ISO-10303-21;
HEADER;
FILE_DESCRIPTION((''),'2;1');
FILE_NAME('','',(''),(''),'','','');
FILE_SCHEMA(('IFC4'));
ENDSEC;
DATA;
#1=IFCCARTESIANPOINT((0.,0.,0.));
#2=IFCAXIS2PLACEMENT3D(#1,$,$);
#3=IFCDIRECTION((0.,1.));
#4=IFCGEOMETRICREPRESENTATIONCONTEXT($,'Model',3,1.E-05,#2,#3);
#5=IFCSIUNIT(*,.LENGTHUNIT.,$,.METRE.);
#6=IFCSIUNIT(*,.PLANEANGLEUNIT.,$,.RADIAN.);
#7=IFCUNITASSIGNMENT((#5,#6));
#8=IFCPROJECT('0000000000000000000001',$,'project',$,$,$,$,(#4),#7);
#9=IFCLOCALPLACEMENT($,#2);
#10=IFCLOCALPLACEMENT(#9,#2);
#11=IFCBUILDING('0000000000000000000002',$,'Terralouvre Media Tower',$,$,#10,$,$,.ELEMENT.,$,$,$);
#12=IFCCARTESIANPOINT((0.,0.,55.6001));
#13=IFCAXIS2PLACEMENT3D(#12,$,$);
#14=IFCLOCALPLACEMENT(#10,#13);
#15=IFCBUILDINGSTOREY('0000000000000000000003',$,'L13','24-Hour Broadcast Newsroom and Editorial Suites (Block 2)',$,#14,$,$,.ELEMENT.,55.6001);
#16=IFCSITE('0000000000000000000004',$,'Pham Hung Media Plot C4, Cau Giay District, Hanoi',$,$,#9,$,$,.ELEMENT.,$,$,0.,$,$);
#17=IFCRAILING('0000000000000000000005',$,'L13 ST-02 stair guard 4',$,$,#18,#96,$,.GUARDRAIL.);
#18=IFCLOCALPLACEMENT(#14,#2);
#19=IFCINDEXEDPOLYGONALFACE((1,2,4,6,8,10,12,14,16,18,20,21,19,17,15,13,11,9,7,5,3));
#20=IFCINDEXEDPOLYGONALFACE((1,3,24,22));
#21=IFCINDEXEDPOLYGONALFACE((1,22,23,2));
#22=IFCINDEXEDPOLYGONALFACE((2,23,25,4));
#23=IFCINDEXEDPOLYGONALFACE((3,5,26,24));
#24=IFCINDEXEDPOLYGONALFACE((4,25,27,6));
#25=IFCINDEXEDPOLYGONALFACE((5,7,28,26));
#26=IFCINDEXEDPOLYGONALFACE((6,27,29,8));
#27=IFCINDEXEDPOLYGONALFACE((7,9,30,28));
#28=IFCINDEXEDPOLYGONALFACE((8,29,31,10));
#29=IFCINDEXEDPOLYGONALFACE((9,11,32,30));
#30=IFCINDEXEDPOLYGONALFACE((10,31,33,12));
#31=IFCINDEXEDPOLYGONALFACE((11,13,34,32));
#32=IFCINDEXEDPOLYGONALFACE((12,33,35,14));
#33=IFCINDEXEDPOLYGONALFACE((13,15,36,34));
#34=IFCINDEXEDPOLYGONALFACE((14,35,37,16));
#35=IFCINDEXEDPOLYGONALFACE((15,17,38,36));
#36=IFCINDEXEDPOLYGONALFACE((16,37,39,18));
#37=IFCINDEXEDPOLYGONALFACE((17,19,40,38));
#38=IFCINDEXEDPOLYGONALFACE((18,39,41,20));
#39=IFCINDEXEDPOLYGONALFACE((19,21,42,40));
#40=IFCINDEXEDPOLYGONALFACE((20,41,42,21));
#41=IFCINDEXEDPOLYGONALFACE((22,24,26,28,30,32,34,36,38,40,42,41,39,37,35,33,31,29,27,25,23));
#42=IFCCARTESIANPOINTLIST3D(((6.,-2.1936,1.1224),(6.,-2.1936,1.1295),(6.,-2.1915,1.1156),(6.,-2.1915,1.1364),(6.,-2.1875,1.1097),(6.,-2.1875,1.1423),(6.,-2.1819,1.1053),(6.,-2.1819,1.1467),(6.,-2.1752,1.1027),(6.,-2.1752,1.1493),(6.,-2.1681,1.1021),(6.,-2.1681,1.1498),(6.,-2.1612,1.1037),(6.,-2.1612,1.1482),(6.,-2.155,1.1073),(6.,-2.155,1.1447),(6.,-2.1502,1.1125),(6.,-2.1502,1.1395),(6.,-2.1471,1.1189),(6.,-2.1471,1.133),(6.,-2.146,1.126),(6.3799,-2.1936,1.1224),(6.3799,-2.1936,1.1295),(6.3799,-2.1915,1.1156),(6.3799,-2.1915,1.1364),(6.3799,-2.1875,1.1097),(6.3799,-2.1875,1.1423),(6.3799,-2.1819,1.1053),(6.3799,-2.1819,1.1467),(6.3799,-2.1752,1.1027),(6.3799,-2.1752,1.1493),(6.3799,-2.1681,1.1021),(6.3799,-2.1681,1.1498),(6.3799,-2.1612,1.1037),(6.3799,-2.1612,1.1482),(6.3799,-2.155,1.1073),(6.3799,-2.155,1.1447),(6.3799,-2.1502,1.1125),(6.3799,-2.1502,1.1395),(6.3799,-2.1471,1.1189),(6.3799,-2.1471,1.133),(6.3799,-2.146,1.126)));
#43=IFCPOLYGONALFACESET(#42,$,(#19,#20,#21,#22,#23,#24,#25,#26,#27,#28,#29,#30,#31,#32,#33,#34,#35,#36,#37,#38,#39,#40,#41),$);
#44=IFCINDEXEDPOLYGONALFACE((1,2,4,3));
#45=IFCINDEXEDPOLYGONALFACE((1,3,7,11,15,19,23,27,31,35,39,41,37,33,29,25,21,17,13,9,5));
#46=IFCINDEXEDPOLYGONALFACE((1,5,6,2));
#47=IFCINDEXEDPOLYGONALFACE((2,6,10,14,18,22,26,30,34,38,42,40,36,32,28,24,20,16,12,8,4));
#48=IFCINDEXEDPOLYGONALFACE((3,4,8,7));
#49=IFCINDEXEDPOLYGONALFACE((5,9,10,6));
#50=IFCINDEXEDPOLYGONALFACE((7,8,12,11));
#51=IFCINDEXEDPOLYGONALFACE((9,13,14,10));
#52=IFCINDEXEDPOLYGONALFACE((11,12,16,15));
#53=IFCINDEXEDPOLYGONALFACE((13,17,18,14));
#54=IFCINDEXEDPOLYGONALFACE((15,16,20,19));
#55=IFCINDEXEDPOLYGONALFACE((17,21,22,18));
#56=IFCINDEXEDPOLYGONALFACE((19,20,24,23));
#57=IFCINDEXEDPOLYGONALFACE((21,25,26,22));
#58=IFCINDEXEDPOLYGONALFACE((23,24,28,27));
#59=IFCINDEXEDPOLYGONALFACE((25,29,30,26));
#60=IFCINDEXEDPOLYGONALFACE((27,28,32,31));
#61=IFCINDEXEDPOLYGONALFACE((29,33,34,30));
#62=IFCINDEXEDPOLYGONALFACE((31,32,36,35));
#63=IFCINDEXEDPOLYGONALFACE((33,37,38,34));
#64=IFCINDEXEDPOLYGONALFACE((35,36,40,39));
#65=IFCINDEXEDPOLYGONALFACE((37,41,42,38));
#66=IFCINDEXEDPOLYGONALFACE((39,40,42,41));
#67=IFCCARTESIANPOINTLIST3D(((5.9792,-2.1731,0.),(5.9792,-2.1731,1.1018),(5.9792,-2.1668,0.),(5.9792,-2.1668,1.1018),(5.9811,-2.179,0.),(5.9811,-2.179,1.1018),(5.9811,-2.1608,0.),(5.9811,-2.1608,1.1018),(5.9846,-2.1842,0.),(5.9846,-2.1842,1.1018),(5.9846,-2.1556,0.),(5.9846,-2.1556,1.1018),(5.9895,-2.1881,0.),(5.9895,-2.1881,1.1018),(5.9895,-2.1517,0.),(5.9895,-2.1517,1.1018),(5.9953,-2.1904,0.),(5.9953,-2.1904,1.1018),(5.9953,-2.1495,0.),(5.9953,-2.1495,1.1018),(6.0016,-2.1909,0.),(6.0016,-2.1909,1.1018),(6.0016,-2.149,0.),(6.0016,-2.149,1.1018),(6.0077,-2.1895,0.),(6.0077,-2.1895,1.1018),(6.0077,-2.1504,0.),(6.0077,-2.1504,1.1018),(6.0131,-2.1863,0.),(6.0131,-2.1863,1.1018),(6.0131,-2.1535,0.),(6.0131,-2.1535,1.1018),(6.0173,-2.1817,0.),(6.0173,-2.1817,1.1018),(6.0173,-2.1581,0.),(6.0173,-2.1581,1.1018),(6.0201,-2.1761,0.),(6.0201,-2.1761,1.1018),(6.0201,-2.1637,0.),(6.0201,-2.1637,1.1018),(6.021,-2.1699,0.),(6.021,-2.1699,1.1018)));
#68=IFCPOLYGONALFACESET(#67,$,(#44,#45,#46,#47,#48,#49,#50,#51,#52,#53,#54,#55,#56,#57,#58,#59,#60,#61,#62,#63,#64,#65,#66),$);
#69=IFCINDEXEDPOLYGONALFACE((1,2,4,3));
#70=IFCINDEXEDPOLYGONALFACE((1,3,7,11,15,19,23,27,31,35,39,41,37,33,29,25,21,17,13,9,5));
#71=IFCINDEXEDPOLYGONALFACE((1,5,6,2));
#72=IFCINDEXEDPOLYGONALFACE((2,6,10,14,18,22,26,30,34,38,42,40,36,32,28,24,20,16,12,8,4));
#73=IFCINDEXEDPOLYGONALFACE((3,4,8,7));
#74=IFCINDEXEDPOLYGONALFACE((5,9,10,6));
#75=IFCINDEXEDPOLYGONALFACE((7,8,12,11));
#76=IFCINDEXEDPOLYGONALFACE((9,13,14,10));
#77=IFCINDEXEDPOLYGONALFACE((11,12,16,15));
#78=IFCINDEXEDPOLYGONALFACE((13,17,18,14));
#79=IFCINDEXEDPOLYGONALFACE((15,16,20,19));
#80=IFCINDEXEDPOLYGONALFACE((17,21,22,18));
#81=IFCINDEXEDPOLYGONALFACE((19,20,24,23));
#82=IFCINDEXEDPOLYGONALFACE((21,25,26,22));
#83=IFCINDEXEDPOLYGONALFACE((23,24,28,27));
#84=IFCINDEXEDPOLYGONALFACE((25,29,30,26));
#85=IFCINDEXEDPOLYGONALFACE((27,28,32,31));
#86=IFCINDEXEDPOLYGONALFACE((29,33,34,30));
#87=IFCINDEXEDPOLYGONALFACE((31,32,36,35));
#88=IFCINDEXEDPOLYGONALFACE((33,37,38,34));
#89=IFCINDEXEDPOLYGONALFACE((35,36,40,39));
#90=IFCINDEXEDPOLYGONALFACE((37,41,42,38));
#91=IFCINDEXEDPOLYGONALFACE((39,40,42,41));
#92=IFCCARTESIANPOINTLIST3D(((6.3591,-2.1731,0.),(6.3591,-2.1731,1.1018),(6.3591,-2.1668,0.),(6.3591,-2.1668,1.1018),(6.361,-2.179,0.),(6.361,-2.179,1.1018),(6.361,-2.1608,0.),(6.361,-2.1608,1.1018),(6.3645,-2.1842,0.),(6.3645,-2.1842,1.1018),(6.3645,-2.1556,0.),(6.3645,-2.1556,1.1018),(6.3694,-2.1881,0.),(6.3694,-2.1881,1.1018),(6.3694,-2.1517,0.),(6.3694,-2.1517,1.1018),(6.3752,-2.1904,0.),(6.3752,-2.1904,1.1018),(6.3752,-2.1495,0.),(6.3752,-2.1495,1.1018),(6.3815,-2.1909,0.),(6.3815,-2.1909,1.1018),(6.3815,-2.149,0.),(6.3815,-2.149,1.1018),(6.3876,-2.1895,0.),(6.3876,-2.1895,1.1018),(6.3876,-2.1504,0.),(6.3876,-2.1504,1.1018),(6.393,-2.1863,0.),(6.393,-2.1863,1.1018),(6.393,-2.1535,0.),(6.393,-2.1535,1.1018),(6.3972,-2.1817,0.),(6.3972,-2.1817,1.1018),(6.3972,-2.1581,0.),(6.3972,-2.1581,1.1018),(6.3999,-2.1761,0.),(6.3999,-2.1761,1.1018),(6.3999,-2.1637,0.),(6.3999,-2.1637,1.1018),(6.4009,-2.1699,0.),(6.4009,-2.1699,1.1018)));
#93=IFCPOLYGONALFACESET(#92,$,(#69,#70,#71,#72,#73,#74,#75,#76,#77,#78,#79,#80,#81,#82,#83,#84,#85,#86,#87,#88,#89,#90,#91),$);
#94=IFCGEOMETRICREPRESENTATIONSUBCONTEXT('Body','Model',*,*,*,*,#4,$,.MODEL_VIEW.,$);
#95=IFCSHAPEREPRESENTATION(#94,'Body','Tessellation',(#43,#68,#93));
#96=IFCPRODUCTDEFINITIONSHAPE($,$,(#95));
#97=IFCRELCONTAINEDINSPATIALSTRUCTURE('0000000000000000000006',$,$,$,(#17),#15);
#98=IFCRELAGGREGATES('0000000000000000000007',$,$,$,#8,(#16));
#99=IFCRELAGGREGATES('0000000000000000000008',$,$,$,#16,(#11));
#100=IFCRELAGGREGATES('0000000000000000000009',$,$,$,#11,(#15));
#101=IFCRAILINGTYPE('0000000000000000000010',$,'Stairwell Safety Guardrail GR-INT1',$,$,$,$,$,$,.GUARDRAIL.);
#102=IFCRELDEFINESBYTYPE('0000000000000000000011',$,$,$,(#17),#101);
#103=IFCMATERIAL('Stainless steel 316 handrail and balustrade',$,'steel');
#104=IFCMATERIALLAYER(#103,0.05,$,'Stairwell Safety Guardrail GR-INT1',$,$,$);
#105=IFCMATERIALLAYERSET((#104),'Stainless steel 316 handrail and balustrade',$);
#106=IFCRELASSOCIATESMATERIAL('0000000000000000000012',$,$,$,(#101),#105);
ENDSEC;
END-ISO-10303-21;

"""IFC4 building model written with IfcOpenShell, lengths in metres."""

from ifc_helpers import new_model, si_unit, direction, frame, origin, origin_2d, place, context, subcontext, project, spatial, circle, extrude, material, layer, layer_set, type_object, element, save


model = new_model("IFC4")

# Units and contexts
model_context = context("Model", 3, precision=1e-05, world=origin(), true_north=direction((0.0, 1.0)))
body_context = subcontext(model_context, "Body", "Model", "MODEL_VIEW")
ifc_project = project(units=[si_unit("LENGTHUNIT", "METRE"), si_unit("PLANEANGLEUNIT", "RADIAN")], contexts=[model_context])

# Site, building, storey
site_placement = place(None, origin())
site = spatial("IfcSite", under=ifc_project, at=site_placement, Name="Pham Hung Media Plot C4, Cau Giay District, Hanoi", CompositionType="ELEMENT", RefElevation=0.0)
building_placement = place(site_placement, origin())
building = spatial("IfcBuilding", under=site, at=building_placement, Name="Terralouvre Media Tower", CompositionType="ELEMENT")
storey_placement = place(building_placement, frame((0.0, 0.0, 55.6001)))
storey = spatial("IfcBuildingStorey", under=building, at=storey_placement, Name="L13", Description="24-Hour Broadcast Newsroom and Editorial Suites (Block 2)", CompositionType="ELEMENT", Elevation=55.6001)

# Railing
ifc_material_1 = material(Name="Stainless steel 316 handrail and balustrade", Category="steel")
ifc_layer_1 = layer(ifc_material_1, 0.05, Name="Stairwell Safety Guardrail GR-INT1")
ifc_layer_set_1 = layer_set([ifc_layer_1], Name="Stainless steel 316 handrail and balustrade")
railing_type_1 = type_object("IfcRailingType", Name="Stairwell Safety Guardrail GR-INT1", PredefinedType="GUARDRAIL", material=ifc_layer_set_1)
railing_1_placement = place(storey_placement, frame((6.0, -2.1699, 0.0)))
element("IfcRailing", 1, at=railing_1_placement, inside=storey, type_object=railing_type_1, Name="L13 ST-02 stair guard 4", PredefinedType="GUARDRAIL", context=body_context, shape_type="SweptSolid", body=[
    extrude(circle(Radius=0.0239, at=origin_2d()), frame((0.0, 0.0, 1.126), z_axis=(1.0, 0.0, 0.0), x_axis=(0.0, 1.0, 0.0)), (0.0, 0.0, 1.0), 0.3799),
    extrude(circle(Radius=0.021, at=origin_2d()), origin(), (0.0, 0.0, 1.0), 1.1018),
    extrude(circle(Radius=0.021, at=origin_2d()), frame((0.3799, 0.0, 0.0)), (0.0, 0.0, 1.0), 1.1018),
])

save(model, "model.ifc")
